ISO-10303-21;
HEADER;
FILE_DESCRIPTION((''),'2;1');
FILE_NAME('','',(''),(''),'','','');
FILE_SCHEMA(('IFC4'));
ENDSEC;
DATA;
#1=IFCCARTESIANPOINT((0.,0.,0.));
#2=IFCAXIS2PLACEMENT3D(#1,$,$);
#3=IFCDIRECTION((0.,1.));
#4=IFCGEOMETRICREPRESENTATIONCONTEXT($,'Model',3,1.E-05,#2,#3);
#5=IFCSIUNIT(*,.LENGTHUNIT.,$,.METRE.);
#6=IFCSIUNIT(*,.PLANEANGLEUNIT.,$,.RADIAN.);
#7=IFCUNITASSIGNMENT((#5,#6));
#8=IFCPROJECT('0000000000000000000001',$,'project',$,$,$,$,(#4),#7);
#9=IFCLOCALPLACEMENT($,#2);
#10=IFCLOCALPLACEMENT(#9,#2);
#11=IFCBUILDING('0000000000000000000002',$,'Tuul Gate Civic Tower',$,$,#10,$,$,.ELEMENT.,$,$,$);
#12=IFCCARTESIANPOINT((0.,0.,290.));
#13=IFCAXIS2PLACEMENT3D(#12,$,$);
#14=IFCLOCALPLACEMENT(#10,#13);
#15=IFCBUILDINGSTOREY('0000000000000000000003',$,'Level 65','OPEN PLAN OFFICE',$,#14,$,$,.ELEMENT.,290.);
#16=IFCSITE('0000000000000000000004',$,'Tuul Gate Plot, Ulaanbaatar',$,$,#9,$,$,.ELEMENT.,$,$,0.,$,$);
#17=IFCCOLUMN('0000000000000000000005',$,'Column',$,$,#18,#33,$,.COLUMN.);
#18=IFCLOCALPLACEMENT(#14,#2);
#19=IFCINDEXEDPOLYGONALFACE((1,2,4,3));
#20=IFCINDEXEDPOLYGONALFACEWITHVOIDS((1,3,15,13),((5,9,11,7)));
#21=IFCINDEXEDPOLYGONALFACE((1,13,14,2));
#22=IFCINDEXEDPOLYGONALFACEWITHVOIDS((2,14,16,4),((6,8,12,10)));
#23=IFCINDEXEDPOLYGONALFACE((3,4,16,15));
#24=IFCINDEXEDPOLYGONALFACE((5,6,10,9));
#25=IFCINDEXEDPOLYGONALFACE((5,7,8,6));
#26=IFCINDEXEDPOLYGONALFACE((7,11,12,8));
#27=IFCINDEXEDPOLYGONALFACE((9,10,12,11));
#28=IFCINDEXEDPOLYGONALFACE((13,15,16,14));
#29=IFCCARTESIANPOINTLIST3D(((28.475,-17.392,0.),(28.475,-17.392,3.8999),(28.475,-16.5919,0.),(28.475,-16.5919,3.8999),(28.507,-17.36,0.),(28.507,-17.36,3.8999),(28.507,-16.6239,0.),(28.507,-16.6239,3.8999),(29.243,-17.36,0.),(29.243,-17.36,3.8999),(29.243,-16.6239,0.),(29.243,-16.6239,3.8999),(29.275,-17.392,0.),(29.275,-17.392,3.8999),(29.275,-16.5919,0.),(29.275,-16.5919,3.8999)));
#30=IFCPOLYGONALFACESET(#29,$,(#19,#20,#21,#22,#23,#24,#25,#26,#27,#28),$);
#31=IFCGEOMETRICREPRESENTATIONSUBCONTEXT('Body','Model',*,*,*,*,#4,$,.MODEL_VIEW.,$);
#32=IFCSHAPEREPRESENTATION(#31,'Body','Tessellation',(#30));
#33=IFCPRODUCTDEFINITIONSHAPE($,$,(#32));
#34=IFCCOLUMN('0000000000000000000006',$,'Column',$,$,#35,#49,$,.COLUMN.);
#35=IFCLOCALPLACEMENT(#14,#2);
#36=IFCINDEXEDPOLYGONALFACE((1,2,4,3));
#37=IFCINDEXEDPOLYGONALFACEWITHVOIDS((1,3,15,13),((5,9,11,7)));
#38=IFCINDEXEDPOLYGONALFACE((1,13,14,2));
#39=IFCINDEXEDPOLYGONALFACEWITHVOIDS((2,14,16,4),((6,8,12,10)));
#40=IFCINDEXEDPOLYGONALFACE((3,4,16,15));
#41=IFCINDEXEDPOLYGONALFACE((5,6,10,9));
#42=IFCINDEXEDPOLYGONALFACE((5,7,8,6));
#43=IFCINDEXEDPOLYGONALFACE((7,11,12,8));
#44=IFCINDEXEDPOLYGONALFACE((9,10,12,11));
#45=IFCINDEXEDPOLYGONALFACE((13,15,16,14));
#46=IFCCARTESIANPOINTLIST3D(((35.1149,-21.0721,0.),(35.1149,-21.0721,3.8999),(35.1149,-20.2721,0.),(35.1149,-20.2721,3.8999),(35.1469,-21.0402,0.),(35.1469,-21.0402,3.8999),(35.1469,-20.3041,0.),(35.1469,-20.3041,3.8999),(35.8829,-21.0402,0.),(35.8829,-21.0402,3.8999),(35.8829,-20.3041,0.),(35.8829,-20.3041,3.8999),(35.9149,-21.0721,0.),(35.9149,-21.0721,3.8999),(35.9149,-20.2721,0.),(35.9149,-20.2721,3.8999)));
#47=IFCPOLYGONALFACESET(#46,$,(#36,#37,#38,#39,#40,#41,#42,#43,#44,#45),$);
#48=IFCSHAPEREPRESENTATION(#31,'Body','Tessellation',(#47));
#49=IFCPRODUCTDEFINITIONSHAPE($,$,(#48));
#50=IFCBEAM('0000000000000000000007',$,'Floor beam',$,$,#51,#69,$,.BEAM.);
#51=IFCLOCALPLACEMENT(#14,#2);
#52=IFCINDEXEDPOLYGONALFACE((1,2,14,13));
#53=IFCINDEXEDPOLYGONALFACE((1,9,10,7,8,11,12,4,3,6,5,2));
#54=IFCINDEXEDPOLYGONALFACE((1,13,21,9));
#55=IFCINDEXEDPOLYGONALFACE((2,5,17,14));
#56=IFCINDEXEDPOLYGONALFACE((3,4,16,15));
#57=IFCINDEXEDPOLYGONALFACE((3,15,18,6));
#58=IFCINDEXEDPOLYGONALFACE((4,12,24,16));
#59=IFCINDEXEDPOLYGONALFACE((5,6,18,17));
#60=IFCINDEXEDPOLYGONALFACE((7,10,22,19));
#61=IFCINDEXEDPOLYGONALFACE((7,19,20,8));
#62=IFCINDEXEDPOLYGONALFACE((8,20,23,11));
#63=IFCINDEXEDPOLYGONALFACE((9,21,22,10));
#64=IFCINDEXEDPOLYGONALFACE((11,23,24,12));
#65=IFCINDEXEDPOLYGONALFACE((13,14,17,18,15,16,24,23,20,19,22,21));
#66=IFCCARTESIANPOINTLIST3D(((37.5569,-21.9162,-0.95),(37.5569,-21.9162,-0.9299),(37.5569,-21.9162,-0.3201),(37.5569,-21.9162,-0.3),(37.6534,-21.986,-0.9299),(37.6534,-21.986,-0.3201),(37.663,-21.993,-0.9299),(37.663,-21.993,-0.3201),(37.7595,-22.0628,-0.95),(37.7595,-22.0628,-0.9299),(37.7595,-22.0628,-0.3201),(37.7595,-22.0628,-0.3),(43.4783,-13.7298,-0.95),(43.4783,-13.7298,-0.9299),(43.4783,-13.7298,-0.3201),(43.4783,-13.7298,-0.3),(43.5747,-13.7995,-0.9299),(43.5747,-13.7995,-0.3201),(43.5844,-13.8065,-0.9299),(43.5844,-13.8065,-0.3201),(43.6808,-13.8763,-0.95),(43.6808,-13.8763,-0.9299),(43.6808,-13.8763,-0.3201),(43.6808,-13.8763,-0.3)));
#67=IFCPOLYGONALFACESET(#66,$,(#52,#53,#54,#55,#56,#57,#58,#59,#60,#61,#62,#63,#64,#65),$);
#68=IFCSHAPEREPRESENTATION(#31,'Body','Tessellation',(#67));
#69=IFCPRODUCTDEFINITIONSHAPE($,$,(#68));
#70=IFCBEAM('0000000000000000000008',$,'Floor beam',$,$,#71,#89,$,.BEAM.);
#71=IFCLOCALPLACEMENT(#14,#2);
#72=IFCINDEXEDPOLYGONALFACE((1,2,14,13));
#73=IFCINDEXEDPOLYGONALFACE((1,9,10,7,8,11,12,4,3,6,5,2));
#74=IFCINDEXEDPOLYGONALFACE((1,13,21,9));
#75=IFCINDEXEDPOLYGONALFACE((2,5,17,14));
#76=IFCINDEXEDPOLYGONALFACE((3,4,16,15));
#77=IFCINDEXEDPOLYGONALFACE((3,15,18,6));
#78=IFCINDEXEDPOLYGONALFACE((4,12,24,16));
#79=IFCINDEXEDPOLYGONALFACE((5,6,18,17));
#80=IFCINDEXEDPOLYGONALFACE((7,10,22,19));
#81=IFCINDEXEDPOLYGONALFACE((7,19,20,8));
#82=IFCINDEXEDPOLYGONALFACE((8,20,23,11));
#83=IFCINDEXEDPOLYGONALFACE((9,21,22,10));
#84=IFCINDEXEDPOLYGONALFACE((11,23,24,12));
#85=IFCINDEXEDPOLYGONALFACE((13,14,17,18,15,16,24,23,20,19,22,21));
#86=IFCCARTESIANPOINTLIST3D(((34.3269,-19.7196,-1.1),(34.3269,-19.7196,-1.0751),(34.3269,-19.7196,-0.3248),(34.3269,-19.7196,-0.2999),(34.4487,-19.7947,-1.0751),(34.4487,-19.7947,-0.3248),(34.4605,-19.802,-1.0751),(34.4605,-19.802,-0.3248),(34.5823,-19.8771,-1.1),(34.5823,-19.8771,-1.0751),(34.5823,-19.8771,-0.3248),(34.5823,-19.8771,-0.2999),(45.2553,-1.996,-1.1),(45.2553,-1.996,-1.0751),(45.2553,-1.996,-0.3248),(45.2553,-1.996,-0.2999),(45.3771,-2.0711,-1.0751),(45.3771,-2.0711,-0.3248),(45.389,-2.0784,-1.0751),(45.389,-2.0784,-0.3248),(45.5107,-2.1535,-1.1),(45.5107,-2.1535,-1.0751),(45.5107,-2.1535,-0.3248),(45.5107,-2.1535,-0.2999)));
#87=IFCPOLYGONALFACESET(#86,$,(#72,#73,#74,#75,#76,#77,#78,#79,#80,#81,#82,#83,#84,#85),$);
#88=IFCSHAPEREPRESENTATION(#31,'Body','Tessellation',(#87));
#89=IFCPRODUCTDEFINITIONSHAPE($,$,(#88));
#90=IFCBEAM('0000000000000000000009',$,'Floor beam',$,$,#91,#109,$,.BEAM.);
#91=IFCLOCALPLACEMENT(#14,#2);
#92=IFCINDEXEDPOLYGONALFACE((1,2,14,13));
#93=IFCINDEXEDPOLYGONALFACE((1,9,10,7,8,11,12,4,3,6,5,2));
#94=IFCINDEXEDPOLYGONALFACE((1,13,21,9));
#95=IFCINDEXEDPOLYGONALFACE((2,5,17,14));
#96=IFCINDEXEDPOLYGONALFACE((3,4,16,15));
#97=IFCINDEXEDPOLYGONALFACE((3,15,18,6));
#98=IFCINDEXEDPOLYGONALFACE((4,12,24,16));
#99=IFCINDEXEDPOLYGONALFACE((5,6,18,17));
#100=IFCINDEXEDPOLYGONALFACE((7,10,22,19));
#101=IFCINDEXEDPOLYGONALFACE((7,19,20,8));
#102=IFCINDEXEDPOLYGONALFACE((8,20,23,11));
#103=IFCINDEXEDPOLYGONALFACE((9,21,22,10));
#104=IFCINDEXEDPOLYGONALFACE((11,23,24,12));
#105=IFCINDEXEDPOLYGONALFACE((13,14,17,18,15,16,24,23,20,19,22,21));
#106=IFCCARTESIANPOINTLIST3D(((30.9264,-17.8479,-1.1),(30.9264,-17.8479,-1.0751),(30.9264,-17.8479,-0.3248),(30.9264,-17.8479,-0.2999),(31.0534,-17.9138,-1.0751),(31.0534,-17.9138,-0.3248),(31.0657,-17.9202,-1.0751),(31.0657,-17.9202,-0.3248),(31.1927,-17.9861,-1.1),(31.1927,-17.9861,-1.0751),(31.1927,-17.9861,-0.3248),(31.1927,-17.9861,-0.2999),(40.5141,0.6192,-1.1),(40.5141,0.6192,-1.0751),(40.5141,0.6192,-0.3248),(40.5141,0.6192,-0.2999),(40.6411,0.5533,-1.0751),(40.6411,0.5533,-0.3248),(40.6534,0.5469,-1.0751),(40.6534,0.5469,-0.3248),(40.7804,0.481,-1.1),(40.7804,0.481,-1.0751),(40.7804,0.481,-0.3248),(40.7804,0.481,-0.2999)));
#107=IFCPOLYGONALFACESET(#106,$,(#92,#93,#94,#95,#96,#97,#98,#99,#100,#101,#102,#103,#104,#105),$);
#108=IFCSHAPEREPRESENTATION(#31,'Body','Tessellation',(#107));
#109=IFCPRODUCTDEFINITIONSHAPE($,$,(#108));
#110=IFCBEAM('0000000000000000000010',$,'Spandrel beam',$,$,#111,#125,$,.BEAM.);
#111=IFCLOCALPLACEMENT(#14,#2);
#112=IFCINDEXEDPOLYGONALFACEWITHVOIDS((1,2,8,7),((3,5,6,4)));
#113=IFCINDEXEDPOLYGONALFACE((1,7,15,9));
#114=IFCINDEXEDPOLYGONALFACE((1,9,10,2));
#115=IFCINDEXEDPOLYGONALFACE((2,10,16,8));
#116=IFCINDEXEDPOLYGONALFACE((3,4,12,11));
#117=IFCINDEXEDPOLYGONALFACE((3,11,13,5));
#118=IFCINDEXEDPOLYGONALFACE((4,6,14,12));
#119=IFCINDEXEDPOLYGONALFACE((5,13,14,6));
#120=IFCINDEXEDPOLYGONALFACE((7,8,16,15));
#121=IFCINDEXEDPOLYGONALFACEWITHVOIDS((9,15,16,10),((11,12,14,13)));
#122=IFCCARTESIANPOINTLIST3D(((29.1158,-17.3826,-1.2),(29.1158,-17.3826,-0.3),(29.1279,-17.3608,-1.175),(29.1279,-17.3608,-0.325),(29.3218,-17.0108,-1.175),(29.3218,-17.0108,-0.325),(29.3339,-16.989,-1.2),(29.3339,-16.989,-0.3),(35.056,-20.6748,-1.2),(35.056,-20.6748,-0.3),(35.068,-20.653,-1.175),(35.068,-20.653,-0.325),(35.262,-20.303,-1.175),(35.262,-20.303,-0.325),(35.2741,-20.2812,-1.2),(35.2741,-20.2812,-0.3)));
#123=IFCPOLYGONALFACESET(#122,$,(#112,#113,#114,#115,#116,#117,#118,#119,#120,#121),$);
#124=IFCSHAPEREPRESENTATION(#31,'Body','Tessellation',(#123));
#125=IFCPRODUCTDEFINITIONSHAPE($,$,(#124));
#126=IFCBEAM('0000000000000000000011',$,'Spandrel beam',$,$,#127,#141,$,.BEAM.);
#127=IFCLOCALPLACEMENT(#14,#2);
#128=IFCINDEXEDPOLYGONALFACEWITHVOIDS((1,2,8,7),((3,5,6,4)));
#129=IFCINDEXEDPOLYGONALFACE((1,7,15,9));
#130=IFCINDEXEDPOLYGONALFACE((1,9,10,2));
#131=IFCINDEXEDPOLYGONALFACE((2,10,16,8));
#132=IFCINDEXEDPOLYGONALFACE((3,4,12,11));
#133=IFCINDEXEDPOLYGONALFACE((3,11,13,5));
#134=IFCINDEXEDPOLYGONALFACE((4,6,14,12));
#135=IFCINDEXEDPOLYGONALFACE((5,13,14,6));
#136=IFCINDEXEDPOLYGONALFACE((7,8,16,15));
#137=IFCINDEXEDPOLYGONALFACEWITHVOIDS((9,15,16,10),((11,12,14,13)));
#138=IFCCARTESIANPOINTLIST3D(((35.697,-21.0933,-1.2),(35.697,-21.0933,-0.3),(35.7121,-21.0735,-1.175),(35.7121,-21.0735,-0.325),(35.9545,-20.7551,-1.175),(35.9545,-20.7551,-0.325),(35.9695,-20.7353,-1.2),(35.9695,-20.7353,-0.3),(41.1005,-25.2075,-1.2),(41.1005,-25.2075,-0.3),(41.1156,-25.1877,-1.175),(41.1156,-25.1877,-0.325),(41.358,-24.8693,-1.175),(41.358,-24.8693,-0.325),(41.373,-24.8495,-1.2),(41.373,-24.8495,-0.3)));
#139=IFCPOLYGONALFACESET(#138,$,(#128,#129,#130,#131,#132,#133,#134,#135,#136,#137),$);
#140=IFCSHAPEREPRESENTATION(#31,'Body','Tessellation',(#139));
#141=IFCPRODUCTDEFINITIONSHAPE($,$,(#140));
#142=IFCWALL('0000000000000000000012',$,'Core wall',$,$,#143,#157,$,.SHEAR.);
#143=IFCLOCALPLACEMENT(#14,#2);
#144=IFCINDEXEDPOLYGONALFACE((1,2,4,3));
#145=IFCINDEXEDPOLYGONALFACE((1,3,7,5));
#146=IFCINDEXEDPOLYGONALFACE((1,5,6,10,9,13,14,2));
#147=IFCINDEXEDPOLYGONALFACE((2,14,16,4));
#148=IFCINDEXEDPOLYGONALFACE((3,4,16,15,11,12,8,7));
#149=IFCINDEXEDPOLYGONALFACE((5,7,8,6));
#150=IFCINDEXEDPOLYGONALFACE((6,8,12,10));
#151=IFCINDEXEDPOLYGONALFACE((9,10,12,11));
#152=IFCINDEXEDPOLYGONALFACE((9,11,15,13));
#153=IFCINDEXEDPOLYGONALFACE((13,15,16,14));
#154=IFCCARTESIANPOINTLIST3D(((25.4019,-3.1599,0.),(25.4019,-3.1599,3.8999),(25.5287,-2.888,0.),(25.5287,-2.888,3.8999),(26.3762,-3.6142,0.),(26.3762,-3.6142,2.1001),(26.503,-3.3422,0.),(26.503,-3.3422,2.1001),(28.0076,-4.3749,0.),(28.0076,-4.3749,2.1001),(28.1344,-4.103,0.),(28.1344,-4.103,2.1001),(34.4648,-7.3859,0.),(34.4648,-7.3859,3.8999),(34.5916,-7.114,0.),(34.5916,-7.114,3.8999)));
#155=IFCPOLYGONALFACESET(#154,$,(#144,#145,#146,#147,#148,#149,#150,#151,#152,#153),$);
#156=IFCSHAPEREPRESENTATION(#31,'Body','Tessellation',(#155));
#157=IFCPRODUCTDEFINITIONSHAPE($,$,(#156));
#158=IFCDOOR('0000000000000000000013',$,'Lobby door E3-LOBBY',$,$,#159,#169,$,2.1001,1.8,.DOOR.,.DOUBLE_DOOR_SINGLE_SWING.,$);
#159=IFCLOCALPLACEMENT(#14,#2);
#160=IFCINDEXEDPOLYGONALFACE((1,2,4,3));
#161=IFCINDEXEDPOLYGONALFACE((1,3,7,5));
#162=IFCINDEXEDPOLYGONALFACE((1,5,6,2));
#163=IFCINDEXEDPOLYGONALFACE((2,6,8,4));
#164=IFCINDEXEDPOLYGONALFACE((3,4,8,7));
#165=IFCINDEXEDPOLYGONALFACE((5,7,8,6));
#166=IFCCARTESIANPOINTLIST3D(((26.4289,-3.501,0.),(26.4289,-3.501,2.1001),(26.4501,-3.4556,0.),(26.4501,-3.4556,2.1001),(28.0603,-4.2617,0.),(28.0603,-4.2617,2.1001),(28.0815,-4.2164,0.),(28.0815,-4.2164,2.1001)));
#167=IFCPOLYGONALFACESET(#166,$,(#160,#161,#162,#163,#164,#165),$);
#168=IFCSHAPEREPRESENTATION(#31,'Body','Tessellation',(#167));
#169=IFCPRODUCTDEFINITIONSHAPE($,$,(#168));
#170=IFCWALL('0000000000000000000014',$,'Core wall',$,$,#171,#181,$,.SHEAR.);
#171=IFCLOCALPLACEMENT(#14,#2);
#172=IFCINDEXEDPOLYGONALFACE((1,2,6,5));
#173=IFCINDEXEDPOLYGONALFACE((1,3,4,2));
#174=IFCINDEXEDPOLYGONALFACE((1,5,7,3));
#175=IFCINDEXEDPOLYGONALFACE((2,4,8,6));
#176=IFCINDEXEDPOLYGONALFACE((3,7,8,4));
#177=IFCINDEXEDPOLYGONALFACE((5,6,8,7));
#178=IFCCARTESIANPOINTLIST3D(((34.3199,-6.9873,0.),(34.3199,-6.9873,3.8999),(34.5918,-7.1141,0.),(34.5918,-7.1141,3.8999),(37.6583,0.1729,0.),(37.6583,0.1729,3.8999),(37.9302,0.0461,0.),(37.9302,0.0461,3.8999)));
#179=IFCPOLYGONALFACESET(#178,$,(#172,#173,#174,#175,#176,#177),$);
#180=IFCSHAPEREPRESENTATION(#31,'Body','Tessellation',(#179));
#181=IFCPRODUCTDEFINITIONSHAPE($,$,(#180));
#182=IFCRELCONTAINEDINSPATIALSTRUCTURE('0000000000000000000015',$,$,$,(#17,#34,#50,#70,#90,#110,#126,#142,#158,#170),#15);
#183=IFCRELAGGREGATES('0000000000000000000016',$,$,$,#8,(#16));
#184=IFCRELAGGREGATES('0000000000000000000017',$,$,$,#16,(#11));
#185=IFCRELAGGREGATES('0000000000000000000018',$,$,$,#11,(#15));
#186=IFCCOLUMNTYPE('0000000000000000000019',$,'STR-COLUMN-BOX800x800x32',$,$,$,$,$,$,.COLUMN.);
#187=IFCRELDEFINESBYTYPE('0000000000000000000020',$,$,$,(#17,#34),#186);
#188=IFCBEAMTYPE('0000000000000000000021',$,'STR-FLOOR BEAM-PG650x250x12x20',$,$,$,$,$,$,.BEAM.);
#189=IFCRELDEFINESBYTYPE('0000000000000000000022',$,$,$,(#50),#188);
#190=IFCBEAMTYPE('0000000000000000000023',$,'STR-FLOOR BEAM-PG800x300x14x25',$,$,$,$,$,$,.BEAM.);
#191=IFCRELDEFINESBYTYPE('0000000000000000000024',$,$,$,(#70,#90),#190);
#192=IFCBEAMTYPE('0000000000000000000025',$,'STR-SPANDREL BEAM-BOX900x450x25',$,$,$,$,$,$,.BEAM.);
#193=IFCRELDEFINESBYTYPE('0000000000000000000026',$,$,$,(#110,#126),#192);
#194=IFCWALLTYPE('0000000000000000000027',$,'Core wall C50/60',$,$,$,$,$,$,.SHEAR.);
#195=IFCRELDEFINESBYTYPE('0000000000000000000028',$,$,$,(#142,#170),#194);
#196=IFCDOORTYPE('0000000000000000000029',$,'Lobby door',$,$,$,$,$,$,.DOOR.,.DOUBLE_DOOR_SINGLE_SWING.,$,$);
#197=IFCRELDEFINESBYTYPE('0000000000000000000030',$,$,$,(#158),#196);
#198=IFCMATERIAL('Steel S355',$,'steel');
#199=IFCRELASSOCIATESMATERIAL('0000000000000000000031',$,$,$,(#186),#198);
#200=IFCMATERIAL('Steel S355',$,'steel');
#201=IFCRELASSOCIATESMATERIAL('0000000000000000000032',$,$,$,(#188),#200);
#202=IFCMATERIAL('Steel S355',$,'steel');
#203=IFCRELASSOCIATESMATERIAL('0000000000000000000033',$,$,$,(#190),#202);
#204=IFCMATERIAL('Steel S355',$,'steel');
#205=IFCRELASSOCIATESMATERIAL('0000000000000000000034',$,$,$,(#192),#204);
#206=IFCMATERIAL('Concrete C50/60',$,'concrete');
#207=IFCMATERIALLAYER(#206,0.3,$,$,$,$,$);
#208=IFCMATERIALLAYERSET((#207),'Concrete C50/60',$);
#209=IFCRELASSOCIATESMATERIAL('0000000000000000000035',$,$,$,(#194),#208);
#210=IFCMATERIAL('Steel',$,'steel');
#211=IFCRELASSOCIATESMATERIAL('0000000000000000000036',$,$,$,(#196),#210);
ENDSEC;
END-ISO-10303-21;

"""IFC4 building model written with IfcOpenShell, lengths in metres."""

from ifc_helpers import new_model, si_unit, direction, frame, frame_2d, origin, origin_2d, place, context, subcontext, project, spatial, rectangle, hollow_rectangle, i_section, extrude, material, layer, layer_set, material_profile, profile_set, type_object, element, fill, save


model = new_model("IFC4")

# Units and contexts
model_context = context("Model", 3, precision=1e-05, world=origin(), true_north=direction((0.0, 1.0)))
body_context = subcontext(model_context, "Body", "Model", "MODEL_VIEW")
ifc_project = project(units=[si_unit("LENGTHUNIT", "METRE"), si_unit("PLANEANGLEUNIT", "RADIAN")], contexts=[model_context])

# Site, building, storey
site_placement = place(None, origin())
site = spatial("IfcSite", under=ifc_project, at=site_placement, Name="Tuul Gate Plot, Ulaanbaatar", CompositionType="ELEMENT", RefElevation=0.0)
building_placement = place(site_placement, origin())
building = spatial("IfcBuilding", under=site, at=building_placement, Name="Tuul Gate Civic Tower", CompositionType="ELEMENT")
storey_placement = place(building_placement, frame((0.0, 0.0, 290.0)))
storey = spatial("IfcBuildingStorey", under=building, at=storey_placement, Name="Level 65", Description="OPEN PLAN OFFICE", CompositionType="ELEMENT", Elevation=290.0)

# Columns
ifc_material_1 = material(Name="Steel S355", Category="steel")
ifc_material_profile_1 = material_profile(ifc_material_1, hollow_rectangle(XDim=0.8, YDim=0.8, WallThickness=0.032, at=origin_2d()), Name="BOX800x800x32")
ifc_profile_set_1 = profile_set([ifc_material_profile_1], Name="Steel S355")
column_type = type_object("IfcColumnType", Name="STR-COLUMN-BOX800x800x32", PredefinedType="COLUMN", material=ifc_profile_set_1)
for number, where, z_axis, x_axis, name in (
    (1, (28.875, -16.9919, 0.0), (0.0, 0.0, 1.0), (1.0, 0.0, 0.0), "Column"),
    (2, (35.5149, -20.6721, 0.0), (0.0, 0.0, 1.0), (1.0, 0.0, 0.0), "Column"),
):
    element("IfcColumn", number, at=place(storey_placement, frame(where, z_axis=z_axis, x_axis=x_axis)), inside=storey, type_object=column_type, Name=name, PredefinedType="COLUMN", context=body_context, shape_type="SweptSolid", body=[
        extrude(hollow_rectangle(XDim=0.8, YDim=0.8, WallThickness=0.032, at=origin_2d()), origin(), (0.0, 0.0, 1.0), 3.8999),
    ])

# Beams
ifc_material_2 = material(Name="Steel S355", Category="steel")
ifc_material_profile_2 = material_profile(ifc_material_2, i_section(OverallWidth=0.25, OverallDepth=0.6499, WebThickness=0.012, FlangeThickness=0.02, at=origin_2d()), Name="PG650x250x12x20")
ifc_profile_set_2 = profile_set([ifc_material_profile_2], Name="Steel S355")
beam_type_1 = type_object("IfcBeamType", Name="STR-FLOOR BEAM-PG650x250x12x20", PredefinedType="BEAM", material=ifc_profile_set_2)
beam_1_placement = place(storey_placement, frame((37.6582, -21.9895, -0.625), z_axis=(0.586069, 0.810261, 0.0), x_axis=(-0.810261, 0.586069, 0.0)))
element("IfcBeam", 3, at=beam_1_placement, inside=storey, type_object=beam_type_1, Name="Floor beam", PredefinedType="BEAM", context=body_context, shape_type="SweptSolid", body=[
    extrude(i_section(OverallWidth=0.25, OverallDepth=0.6499, WebThickness=0.012, FlangeThickness=0.02, at=origin_2d()), origin(), (0.0, 0.0, 1.0), 10.1035),
])
ifc_material_3 = material(Name="Steel S355", Category="steel")
ifc_material_profile_3 = material_profile(ifc_material_3, i_section(OverallWidth=0.3, OverallDepth=0.8, WebThickness=0.0139, FlangeThickness=0.0249, at=origin_2d()), Name="PG800x300x14x25")
ifc_profile_set_3 = profile_set([ifc_material_profile_3], Name="Steel S355")
beam_type_2 = type_object("IfcBeamType", Name="STR-FLOOR BEAM-PG800x300x14x25", PredefinedType="BEAM", material=ifc_profile_set_3)
beam_2_placement = place(storey_placement, frame((34.4546, -19.7983, -0.7), z_axis=(0.52485, 0.851195, 0.0), x_axis=(-0.851195, 0.52485, 0.0)))
element("IfcBeam", 4, at=beam_2_placement, inside=storey, type_object=beam_type_2, Name="Floor beam", PredefinedType="BEAM", context=body_context, shape_type="SweptSolid", body=[
    extrude(i_section(OverallWidth=0.3, OverallDepth=0.8, WebThickness=0.0139, FlangeThickness=0.0249, at=origin_2d()), origin(), (0.0, 0.0, 1.0), 20.822),
])
beam_3_placement = place(storey_placement, frame((31.0596, -17.917, -0.7), z_axis=(0.460777, 0.887516, 0.0), x_axis=(-0.887516, 0.460777, 0.0)))
element("IfcBeam", 5, at=beam_3_placement, inside=storey, type_object=beam_type_2, Name="Floor beam", PredefinedType="BEAM", context=body_context, shape_type="SweptSolid", body=[
    extrude(i_section(OverallWidth=0.3, OverallDepth=0.8, WebThickness=0.0139, FlangeThickness=0.0249, at=origin_2d()), origin(), (0.0, 0.0, 1.0), 20.8076),
])
ifc_material_4 = material(Name="Steel S355", Category="steel")
ifc_material_profile_4 = material_profile(ifc_material_4, hollow_rectangle(XDim=0.45, YDim=0.8999, WallThickness=0.0249, at=origin_2d()), Name="BOX900x450x25")
ifc_profile_set_4 = profile_set([ifc_material_profile_4], Name="Steel S355")
beam_type_3 = type_object("IfcBeamType", Name="STR-SPANDREL BEAM-BOX900x450x25", PredefinedType="BEAM", material=ifc_profile_set_4)
for number, where, z_axis, x_axis, name in (
    (6, (29.2249, -17.1858, -0.75), (0.874649, -0.484758, 0.0), (0.484758, 0.874649, 0.0), "Spandrel beam"),
    (7, (35.8333, -20.9143, -0.75), (0.795626, -0.605788, 0.0), (0.605788, 0.795626, 0.0), "Spandrel beam"),
):
    element("IfcBeam", number, at=place(storey_placement, frame(where, z_axis=z_axis, x_axis=x_axis)), inside=storey, type_object=beam_type_3, Name=name, PredefinedType="BEAM", context=body_context, shape_type="SweptSolid", body=[
        extrude(hollow_rectangle(XDim=0.45, YDim=0.8999, WallThickness=0.0249, at=origin_2d()), origin(), (0.0, 0.0, 1.0), 6.7915),
    ])

# Wall, opening, door
ifc_material_5 = material(Name="Concrete C50/60", Category="concrete")
ifc_layer_1 = layer(ifc_material_5, 0.3)
ifc_layer_set_1 = layer_set([ifc_layer_1], Name="Concrete C50/60")
wall_type_1 = type_object("IfcWallType", Name="Core wall C50/60", PredefinedType="SHEAR", material=ifc_layer_set_1)
wall_1_placement = place(storey_placement, frame((34.5283, -7.25, 0.0), z_axis=(0.0, 0.0, 1.0), x_axis=(-0.90631, 0.422613, 0.0)))
wall_1 = element("IfcWall", 8, at=wall_1_placement, inside=storey, type_object=wall_type_1, Name="Core wall", PredefinedType="SHEAR", context=body_context, shape_type="SweptSolid", body=[
    extrude(rectangle(XDim=9.9998, YDim=0.3, at=frame_2d((5.0, 0.0))), origin(), (0.0, 0.0, 1.0), 3.8999),
])
opening_1_placement = place(wall_1_placement, frame((7.125, 0.0, 0.0)))
opening_1 = element("IfcOpeningElement", 9, at=opening_1_placement, cuts=wall_1, PredefinedType="OPENING", context=body_context, shape_type="SweptSolid", body=[
    extrude(rectangle(XDim=1.8, YDim=2.1001, at=frame_2d((0.8999, 1.05))), frame((0.0, 0.1602, 0.0), z_axis=(0.0, -1.0, 0.0), x_axis=(1.0, 0.0, 0.0)), (0.0, 0.0, 1.0), 0.3201),
])
ifc_material_6 = material(Name="Steel", Category="steel")
door_type_1 = type_object("IfcDoorType", Name="Lobby door", OperationType="DOUBLE_DOOR_SINGLE_SWING", PredefinedType="DOOR", material=ifc_material_6)
door_1_placement = place(opening_1_placement, frame((1.8, 0.0, 0.0), z_axis=(0.0, 0.0, 1.0), x_axis=(-1.0, 0.0, 0.0)))
door_1 = element("IfcDoor", 10, at=door_1_placement, inside=storey, type_object=door_type_1, Name="Lobby door E3-LOBBY", OperationType="DOUBLE_DOOR_SINGLE_SWING", OverallHeight=2.1001, OverallWidth=1.8, PredefinedType="DOOR", context=body_context, shape_type="SweptSolid", body=[
    extrude(rectangle(XDim=1.8, YDim=2.1001, at=frame_2d((0.9001, 1.05))), frame((0.0, 0.0249, 0.0), z_axis=(0.0, -1.0, 0.0), x_axis=(1.0, 0.0, 0.0)), (0.0, 0.0, 1.0), 0.05),
])
fill(opening_1, door_1)

# Wall
wall_2_placement = place(storey_placement, frame((34.4558, -7.0508, 0.0), z_axis=(0.0, 0.0, 1.0), x_axis=(0.422571, 0.90633, 0.0)))
element("IfcWall", 11, at=wall_2_placement, inside=storey, type_object=wall_type_1, Name="Core wall", PredefinedType="SHEAR", context=body_context, shape_type="SweptSolid", body=[
    extrude(rectangle(XDim=7.9001, YDim=0.3, at=frame_2d((3.9502, 0.0))), origin(), (0.0, 0.0, 1.0), 3.8999),
])

save(model, "model.ifc")
